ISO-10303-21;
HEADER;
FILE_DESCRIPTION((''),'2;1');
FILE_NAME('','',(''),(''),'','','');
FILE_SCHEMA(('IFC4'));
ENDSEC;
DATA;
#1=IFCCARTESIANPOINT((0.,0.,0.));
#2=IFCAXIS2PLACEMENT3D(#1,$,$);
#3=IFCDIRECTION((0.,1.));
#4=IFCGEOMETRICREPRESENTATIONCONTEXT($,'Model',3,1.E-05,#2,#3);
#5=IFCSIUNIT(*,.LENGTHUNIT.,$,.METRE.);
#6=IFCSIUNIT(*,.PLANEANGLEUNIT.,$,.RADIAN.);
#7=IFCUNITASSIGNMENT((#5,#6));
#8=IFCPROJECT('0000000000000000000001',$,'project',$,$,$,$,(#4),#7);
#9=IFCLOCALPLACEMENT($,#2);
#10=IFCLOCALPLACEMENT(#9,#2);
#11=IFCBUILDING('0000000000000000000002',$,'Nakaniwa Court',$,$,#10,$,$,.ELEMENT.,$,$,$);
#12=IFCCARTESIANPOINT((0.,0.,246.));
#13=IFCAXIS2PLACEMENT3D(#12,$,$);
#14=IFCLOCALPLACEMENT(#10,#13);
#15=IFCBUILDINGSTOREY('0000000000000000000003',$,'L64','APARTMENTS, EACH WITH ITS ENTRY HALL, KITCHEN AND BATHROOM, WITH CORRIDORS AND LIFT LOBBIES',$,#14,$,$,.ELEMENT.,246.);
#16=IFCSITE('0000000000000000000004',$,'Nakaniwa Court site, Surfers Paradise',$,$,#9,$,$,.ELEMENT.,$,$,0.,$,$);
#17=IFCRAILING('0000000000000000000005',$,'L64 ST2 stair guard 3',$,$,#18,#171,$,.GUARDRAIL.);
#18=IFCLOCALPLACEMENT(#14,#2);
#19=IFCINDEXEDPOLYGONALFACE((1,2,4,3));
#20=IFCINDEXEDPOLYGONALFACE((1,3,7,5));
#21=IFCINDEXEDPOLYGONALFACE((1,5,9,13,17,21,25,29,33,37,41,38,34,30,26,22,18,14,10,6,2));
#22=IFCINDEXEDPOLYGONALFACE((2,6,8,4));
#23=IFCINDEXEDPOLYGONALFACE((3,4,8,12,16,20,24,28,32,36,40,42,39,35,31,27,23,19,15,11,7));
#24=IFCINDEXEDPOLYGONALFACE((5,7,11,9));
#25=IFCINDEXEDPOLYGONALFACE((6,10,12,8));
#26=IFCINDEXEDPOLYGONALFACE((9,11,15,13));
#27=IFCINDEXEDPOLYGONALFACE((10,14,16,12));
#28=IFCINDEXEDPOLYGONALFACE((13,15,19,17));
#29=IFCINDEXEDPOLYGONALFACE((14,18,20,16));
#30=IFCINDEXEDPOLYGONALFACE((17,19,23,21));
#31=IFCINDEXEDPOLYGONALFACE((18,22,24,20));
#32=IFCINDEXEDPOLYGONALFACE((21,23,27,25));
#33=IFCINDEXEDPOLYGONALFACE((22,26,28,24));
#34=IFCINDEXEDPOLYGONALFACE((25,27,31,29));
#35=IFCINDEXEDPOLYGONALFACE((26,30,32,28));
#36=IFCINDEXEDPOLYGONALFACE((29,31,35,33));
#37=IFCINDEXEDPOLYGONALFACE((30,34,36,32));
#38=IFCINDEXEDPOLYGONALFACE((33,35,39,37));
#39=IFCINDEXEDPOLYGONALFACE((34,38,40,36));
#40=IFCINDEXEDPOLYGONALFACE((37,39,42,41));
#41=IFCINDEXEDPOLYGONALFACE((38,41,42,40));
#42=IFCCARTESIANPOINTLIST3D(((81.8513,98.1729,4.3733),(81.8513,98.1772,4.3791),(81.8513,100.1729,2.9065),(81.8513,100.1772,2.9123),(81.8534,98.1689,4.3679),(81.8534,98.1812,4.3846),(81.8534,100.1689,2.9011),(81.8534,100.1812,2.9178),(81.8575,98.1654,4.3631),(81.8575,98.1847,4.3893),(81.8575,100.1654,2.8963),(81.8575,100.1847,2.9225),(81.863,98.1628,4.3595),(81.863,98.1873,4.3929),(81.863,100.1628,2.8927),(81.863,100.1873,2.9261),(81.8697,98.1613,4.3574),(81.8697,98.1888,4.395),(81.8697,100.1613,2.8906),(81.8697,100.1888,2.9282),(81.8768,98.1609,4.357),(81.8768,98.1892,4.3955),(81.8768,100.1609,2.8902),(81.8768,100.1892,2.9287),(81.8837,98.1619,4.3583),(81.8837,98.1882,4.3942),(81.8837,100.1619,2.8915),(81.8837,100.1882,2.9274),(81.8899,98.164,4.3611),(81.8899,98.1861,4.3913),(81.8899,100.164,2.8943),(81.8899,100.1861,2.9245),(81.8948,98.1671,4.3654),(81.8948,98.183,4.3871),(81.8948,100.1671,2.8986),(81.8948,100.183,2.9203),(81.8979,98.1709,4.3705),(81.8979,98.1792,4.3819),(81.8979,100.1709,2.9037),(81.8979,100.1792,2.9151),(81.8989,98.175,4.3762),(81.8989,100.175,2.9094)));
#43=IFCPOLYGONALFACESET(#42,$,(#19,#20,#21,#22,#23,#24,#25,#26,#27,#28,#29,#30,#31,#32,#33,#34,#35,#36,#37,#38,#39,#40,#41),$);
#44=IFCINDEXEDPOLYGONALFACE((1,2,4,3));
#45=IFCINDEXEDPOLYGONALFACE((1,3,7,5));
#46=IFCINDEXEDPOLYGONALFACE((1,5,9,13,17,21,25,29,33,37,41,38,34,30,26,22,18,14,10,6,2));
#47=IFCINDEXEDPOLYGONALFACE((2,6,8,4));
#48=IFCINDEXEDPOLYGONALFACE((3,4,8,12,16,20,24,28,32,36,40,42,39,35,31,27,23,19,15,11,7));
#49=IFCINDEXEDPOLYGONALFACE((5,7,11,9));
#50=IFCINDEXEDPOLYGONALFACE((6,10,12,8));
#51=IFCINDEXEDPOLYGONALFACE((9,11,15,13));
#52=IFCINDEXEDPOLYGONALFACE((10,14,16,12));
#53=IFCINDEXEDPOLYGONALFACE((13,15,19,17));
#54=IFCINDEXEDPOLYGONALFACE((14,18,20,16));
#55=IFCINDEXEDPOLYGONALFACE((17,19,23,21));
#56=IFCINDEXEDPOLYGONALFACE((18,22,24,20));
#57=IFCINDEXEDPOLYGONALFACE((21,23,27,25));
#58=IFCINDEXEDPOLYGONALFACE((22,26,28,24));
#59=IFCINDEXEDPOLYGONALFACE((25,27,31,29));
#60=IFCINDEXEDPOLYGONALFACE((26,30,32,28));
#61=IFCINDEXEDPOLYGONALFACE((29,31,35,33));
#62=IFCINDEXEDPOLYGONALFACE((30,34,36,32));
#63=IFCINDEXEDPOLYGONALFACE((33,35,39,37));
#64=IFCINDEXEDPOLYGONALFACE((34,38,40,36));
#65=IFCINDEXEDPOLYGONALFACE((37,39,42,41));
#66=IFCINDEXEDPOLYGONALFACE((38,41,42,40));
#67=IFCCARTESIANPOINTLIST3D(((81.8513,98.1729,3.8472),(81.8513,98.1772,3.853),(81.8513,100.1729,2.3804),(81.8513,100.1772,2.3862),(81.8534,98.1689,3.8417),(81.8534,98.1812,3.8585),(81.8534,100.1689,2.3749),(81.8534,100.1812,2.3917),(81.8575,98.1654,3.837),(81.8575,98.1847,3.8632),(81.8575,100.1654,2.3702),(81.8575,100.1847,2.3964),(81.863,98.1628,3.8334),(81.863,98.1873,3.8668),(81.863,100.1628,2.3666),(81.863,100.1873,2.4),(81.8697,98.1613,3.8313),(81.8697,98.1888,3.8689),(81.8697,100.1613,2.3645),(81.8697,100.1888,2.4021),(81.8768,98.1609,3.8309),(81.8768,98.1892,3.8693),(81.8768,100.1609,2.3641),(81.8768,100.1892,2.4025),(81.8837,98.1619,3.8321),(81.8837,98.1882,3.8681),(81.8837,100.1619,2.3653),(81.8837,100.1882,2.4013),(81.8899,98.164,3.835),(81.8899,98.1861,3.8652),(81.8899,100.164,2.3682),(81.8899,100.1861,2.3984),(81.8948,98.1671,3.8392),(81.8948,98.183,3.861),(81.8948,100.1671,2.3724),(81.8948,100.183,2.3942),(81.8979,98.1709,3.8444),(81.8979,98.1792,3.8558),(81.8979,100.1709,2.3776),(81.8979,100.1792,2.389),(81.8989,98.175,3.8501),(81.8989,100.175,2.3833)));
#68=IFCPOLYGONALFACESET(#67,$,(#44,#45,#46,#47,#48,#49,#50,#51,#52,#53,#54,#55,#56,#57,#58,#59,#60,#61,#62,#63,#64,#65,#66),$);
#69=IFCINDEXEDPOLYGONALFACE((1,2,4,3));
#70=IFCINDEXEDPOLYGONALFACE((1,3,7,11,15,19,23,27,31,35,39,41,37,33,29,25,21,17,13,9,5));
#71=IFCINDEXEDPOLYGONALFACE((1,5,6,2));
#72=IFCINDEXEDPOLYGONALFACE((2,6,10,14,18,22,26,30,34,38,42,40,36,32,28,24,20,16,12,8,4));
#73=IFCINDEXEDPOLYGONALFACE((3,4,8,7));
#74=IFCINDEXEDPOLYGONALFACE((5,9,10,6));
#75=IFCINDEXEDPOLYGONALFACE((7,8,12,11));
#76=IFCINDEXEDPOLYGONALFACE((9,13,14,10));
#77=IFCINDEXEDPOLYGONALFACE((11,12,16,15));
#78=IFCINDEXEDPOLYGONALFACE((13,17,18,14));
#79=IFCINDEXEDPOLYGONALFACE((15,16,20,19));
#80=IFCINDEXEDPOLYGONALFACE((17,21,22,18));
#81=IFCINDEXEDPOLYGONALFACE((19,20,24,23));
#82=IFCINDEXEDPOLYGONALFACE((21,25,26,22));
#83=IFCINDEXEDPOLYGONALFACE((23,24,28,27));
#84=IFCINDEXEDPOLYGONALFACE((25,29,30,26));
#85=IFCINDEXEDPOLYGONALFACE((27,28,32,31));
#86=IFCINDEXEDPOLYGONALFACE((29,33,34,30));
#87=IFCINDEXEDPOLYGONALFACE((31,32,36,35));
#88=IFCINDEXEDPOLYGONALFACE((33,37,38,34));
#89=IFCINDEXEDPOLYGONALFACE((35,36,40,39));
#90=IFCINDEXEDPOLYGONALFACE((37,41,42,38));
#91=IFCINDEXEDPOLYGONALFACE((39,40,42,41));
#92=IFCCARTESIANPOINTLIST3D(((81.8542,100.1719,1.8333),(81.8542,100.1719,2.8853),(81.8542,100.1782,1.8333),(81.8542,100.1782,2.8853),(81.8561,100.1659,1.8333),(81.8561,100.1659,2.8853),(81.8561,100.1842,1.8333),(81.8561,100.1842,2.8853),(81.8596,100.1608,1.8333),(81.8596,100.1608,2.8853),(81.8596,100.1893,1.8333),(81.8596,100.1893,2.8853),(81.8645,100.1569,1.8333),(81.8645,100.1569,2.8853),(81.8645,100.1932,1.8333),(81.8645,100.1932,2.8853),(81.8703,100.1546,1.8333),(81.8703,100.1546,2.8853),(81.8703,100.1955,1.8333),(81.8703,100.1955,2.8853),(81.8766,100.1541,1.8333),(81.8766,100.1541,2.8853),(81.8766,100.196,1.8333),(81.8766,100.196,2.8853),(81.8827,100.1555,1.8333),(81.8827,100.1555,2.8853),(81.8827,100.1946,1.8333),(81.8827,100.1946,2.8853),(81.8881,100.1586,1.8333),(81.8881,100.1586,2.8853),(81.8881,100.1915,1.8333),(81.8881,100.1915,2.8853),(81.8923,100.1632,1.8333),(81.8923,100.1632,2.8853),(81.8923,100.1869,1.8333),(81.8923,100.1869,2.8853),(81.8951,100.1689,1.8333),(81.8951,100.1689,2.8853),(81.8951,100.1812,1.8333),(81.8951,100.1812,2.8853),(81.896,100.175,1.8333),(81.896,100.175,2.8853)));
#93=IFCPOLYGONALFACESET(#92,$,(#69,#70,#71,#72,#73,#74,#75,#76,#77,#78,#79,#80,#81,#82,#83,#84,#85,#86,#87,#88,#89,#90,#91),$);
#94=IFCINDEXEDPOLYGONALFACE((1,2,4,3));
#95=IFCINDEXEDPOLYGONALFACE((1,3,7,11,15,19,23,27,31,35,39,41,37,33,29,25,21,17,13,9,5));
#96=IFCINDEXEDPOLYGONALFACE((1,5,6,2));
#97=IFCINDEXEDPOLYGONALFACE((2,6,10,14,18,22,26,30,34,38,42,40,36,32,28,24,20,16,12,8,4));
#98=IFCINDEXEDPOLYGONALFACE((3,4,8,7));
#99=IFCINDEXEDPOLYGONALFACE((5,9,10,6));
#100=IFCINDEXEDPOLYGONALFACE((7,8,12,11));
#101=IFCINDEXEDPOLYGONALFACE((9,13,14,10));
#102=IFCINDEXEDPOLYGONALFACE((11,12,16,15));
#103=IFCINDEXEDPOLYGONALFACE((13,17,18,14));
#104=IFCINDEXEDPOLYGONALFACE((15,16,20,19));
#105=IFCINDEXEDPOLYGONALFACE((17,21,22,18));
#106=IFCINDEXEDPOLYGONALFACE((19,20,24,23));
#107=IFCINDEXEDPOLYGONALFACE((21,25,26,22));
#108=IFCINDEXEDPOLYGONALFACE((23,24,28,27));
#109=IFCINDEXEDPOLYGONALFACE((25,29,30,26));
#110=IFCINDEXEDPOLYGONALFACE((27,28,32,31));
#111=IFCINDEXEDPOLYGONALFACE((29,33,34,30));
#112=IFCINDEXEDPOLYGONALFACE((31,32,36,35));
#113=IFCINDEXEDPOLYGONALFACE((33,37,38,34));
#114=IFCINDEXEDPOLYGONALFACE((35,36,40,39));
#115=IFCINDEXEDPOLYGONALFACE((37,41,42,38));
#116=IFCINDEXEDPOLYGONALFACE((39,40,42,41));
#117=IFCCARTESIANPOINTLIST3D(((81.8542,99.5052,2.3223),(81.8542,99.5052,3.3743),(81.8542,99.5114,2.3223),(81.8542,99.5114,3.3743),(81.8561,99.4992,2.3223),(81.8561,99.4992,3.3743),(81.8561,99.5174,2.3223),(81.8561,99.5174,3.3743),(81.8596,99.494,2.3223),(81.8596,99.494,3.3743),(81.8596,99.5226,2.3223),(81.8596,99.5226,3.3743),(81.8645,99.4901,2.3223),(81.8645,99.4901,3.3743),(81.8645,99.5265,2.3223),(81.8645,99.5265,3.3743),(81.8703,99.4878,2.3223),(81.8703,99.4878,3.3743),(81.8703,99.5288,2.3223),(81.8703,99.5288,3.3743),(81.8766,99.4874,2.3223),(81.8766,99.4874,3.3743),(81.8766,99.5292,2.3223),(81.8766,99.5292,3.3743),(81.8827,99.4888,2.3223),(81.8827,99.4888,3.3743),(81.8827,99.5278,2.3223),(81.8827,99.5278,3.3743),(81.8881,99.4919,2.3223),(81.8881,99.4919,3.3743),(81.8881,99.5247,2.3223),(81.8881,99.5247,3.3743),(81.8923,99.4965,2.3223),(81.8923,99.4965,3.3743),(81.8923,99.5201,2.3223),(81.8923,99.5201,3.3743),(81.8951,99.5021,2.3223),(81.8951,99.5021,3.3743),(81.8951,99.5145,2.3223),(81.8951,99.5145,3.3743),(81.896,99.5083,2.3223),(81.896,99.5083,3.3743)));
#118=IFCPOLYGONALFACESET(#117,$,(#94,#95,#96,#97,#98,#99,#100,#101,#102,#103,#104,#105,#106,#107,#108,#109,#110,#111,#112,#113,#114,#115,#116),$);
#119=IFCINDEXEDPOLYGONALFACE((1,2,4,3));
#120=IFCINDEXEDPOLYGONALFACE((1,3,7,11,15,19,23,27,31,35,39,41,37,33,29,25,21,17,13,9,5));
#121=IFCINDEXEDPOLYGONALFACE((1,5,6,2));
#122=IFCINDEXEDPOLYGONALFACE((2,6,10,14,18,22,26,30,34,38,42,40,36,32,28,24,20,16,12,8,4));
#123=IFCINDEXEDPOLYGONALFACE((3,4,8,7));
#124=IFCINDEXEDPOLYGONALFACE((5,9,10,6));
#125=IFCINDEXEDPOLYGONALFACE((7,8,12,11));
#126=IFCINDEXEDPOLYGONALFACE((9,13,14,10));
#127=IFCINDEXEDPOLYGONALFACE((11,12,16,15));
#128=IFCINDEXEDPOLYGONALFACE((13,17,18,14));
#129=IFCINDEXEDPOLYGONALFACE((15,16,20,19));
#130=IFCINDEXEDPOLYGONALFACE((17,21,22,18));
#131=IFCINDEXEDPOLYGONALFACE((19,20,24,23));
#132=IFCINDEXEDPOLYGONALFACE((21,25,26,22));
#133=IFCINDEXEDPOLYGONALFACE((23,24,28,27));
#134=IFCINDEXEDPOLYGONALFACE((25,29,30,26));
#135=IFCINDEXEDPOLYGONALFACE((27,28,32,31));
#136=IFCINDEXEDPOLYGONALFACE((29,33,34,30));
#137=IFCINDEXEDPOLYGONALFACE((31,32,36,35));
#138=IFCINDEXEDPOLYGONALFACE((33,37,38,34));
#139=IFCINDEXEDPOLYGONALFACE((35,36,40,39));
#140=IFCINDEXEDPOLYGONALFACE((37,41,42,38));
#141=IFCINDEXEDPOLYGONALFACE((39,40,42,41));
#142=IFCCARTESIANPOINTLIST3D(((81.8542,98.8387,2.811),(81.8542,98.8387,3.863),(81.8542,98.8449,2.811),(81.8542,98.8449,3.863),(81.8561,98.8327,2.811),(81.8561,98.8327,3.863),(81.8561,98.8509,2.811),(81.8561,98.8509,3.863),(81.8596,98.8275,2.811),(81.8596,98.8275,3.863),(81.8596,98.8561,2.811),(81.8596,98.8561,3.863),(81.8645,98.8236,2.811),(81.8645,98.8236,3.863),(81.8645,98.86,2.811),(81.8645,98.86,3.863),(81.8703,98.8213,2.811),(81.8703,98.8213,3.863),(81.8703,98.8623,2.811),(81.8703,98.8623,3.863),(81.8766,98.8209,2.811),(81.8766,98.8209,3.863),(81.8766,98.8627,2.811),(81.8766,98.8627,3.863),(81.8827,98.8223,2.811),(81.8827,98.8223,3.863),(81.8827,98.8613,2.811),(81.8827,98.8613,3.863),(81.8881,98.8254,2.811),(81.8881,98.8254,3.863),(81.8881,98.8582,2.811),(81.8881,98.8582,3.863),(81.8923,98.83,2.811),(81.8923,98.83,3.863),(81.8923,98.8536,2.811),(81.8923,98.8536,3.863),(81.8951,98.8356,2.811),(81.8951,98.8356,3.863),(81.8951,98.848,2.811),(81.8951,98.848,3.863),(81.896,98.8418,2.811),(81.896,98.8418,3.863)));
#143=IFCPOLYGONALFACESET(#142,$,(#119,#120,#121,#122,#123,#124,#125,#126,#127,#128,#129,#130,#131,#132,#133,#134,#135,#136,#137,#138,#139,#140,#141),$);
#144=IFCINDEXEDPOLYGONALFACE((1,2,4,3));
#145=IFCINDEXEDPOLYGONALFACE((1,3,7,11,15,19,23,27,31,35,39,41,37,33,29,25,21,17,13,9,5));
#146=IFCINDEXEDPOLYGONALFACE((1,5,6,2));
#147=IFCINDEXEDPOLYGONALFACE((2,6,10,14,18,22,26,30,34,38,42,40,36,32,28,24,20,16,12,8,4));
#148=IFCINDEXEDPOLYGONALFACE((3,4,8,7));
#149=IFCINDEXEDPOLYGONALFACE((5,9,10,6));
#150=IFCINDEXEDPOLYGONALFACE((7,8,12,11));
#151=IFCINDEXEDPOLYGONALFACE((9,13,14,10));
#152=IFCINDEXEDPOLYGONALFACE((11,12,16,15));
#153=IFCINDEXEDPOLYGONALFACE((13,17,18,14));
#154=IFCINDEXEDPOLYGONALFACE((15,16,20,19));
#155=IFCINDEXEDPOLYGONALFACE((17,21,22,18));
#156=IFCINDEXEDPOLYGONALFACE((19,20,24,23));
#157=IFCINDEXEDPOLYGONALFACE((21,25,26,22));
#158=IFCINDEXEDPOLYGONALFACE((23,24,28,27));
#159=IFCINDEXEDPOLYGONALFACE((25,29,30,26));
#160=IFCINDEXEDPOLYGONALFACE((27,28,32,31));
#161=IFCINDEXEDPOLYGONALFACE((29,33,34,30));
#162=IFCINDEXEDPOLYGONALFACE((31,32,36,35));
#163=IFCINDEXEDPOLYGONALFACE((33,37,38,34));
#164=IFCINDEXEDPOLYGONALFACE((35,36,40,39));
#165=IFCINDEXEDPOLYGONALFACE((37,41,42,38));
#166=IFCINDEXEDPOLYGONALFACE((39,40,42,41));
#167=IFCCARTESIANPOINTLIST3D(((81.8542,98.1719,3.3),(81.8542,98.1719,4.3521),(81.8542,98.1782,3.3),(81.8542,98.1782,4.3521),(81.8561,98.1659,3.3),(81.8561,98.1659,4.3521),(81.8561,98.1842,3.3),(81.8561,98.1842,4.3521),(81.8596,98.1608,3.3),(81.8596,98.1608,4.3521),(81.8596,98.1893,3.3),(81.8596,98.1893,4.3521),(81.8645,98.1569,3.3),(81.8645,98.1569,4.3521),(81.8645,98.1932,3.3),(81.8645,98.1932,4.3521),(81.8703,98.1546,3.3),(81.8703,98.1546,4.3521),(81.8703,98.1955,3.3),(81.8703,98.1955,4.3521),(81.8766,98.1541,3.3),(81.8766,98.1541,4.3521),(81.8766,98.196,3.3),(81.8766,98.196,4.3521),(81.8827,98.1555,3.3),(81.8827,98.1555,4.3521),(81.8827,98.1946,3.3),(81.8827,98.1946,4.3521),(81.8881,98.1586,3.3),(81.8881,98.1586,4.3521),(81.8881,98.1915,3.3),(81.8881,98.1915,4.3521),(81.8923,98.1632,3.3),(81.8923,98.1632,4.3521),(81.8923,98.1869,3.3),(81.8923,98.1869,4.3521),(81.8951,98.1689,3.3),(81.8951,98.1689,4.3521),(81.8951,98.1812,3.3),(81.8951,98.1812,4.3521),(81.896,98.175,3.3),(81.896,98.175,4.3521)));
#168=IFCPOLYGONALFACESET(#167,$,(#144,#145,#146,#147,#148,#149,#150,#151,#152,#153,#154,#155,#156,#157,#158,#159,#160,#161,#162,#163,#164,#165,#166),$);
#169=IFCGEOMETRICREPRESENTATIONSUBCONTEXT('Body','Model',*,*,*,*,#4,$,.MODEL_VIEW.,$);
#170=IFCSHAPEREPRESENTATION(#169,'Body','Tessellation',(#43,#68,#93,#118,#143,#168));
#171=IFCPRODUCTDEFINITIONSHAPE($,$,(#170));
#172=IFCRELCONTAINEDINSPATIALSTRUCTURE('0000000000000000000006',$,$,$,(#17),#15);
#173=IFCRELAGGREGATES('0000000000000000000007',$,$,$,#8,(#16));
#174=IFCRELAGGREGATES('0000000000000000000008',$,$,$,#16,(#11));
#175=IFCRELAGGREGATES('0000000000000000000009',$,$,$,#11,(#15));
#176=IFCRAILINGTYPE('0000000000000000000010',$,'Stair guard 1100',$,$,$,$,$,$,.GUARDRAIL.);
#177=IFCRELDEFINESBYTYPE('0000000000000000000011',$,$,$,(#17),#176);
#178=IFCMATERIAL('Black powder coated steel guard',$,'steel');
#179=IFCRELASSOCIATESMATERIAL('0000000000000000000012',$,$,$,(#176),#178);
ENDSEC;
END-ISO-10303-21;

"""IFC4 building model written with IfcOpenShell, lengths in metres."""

from ifc_helpers import new_model, si_unit, direction, frame, origin, origin_2d, place, context, subcontext, project, spatial, circle, extrude, material, type_object, element, save


model = new_model("IFC4")

# Units and contexts
model_context = context("Model", 3, precision=1e-05, world=origin(), true_north=direction((0.0, 1.0)))
body_context = subcontext(model_context, "Body", "Model", "MODEL_VIEW")
ifc_project = project(units=[si_unit("LENGTHUNIT", "METRE"), si_unit("PLANEANGLEUNIT", "RADIAN")], contexts=[model_context])

# Site, building, storey
site_placement = place(None, origin())
site = spatial("IfcSite", under=ifc_project, at=site_placement, Name="Nakaniwa Court site, Surfers Paradise", CompositionType="ELEMENT", RefElevation=0.0)
building_placement = place(site_placement, origin())
building = spatial("IfcBuilding", under=site, at=building_placement, Name="Nakaniwa Court", CompositionType="ELEMENT")
storey_placement = place(building_placement, frame((0.0, 0.0, 246.0)))
storey = spatial("IfcBuildingStorey", under=building, at=storey_placement, Name="L64", Description="APARTMENTS, EACH WITH ITS ENTRY HALL, KITCHEN AND BATHROOM, WITH CORRIDORS AND LIFT LOBBIES", CompositionType="ELEMENT", Elevation=246.0)

# Railing
ifc_material_1 = material(Name="Black powder coated steel guard", Category="steel")
railing_type_1 = type_object("IfcRailingType", Name="Stair guard 1100", PredefinedType="GUARDRAIL", material=ifc_material_1)
railing_1_placement = place(storey_placement, frame((81.875, 100.175, 1.8333)))
element("IfcRailing", 1, at=railing_1_placement, inside=storey, type_object=railing_type_1, Name="L64 ST2 stair guard 3", PredefinedType="GUARDRAIL", context=body_context, shape_type="SweptSolid", body=[
    extrude(circle(Radius=0.0239, at=origin_2d()), frame((0.0, 0.0, 1.0762), z_axis=(0.0, -0.80638, 0.591398), x_axis=(1.0, 0.0, 0.0)), (0.0, 0.0, 1.0), 2.4802),
    extrude(circle(Radius=0.0239, at=origin_2d()), frame((0.0, 0.0, 0.55), z_axis=(0.0, -0.80638, 0.591398), x_axis=(1.0, 0.0, 0.0)), (0.0, 0.0, 1.0), 2.4802),
    extrude(circle(Radius=0.021, at=origin_2d()), origin(), (0.0, 0.0, 1.0), 1.052),
    extrude(circle(Radius=0.021, at=origin_2d()), frame((0.0, -0.6667, 0.489)), (0.0, 0.0, 1.0), 1.052),
    extrude(circle(Radius=0.021, at=origin_2d()), frame((0.0, -1.3333, 0.9778)), (0.0, 0.0, 1.0), 1.052),
    extrude(circle(Radius=0.021, at=origin_2d()), frame((0.0, -2.0, 1.4668)), (0.0, 0.0, 1.0), 1.052),
])

save(model, "model.ifc")
